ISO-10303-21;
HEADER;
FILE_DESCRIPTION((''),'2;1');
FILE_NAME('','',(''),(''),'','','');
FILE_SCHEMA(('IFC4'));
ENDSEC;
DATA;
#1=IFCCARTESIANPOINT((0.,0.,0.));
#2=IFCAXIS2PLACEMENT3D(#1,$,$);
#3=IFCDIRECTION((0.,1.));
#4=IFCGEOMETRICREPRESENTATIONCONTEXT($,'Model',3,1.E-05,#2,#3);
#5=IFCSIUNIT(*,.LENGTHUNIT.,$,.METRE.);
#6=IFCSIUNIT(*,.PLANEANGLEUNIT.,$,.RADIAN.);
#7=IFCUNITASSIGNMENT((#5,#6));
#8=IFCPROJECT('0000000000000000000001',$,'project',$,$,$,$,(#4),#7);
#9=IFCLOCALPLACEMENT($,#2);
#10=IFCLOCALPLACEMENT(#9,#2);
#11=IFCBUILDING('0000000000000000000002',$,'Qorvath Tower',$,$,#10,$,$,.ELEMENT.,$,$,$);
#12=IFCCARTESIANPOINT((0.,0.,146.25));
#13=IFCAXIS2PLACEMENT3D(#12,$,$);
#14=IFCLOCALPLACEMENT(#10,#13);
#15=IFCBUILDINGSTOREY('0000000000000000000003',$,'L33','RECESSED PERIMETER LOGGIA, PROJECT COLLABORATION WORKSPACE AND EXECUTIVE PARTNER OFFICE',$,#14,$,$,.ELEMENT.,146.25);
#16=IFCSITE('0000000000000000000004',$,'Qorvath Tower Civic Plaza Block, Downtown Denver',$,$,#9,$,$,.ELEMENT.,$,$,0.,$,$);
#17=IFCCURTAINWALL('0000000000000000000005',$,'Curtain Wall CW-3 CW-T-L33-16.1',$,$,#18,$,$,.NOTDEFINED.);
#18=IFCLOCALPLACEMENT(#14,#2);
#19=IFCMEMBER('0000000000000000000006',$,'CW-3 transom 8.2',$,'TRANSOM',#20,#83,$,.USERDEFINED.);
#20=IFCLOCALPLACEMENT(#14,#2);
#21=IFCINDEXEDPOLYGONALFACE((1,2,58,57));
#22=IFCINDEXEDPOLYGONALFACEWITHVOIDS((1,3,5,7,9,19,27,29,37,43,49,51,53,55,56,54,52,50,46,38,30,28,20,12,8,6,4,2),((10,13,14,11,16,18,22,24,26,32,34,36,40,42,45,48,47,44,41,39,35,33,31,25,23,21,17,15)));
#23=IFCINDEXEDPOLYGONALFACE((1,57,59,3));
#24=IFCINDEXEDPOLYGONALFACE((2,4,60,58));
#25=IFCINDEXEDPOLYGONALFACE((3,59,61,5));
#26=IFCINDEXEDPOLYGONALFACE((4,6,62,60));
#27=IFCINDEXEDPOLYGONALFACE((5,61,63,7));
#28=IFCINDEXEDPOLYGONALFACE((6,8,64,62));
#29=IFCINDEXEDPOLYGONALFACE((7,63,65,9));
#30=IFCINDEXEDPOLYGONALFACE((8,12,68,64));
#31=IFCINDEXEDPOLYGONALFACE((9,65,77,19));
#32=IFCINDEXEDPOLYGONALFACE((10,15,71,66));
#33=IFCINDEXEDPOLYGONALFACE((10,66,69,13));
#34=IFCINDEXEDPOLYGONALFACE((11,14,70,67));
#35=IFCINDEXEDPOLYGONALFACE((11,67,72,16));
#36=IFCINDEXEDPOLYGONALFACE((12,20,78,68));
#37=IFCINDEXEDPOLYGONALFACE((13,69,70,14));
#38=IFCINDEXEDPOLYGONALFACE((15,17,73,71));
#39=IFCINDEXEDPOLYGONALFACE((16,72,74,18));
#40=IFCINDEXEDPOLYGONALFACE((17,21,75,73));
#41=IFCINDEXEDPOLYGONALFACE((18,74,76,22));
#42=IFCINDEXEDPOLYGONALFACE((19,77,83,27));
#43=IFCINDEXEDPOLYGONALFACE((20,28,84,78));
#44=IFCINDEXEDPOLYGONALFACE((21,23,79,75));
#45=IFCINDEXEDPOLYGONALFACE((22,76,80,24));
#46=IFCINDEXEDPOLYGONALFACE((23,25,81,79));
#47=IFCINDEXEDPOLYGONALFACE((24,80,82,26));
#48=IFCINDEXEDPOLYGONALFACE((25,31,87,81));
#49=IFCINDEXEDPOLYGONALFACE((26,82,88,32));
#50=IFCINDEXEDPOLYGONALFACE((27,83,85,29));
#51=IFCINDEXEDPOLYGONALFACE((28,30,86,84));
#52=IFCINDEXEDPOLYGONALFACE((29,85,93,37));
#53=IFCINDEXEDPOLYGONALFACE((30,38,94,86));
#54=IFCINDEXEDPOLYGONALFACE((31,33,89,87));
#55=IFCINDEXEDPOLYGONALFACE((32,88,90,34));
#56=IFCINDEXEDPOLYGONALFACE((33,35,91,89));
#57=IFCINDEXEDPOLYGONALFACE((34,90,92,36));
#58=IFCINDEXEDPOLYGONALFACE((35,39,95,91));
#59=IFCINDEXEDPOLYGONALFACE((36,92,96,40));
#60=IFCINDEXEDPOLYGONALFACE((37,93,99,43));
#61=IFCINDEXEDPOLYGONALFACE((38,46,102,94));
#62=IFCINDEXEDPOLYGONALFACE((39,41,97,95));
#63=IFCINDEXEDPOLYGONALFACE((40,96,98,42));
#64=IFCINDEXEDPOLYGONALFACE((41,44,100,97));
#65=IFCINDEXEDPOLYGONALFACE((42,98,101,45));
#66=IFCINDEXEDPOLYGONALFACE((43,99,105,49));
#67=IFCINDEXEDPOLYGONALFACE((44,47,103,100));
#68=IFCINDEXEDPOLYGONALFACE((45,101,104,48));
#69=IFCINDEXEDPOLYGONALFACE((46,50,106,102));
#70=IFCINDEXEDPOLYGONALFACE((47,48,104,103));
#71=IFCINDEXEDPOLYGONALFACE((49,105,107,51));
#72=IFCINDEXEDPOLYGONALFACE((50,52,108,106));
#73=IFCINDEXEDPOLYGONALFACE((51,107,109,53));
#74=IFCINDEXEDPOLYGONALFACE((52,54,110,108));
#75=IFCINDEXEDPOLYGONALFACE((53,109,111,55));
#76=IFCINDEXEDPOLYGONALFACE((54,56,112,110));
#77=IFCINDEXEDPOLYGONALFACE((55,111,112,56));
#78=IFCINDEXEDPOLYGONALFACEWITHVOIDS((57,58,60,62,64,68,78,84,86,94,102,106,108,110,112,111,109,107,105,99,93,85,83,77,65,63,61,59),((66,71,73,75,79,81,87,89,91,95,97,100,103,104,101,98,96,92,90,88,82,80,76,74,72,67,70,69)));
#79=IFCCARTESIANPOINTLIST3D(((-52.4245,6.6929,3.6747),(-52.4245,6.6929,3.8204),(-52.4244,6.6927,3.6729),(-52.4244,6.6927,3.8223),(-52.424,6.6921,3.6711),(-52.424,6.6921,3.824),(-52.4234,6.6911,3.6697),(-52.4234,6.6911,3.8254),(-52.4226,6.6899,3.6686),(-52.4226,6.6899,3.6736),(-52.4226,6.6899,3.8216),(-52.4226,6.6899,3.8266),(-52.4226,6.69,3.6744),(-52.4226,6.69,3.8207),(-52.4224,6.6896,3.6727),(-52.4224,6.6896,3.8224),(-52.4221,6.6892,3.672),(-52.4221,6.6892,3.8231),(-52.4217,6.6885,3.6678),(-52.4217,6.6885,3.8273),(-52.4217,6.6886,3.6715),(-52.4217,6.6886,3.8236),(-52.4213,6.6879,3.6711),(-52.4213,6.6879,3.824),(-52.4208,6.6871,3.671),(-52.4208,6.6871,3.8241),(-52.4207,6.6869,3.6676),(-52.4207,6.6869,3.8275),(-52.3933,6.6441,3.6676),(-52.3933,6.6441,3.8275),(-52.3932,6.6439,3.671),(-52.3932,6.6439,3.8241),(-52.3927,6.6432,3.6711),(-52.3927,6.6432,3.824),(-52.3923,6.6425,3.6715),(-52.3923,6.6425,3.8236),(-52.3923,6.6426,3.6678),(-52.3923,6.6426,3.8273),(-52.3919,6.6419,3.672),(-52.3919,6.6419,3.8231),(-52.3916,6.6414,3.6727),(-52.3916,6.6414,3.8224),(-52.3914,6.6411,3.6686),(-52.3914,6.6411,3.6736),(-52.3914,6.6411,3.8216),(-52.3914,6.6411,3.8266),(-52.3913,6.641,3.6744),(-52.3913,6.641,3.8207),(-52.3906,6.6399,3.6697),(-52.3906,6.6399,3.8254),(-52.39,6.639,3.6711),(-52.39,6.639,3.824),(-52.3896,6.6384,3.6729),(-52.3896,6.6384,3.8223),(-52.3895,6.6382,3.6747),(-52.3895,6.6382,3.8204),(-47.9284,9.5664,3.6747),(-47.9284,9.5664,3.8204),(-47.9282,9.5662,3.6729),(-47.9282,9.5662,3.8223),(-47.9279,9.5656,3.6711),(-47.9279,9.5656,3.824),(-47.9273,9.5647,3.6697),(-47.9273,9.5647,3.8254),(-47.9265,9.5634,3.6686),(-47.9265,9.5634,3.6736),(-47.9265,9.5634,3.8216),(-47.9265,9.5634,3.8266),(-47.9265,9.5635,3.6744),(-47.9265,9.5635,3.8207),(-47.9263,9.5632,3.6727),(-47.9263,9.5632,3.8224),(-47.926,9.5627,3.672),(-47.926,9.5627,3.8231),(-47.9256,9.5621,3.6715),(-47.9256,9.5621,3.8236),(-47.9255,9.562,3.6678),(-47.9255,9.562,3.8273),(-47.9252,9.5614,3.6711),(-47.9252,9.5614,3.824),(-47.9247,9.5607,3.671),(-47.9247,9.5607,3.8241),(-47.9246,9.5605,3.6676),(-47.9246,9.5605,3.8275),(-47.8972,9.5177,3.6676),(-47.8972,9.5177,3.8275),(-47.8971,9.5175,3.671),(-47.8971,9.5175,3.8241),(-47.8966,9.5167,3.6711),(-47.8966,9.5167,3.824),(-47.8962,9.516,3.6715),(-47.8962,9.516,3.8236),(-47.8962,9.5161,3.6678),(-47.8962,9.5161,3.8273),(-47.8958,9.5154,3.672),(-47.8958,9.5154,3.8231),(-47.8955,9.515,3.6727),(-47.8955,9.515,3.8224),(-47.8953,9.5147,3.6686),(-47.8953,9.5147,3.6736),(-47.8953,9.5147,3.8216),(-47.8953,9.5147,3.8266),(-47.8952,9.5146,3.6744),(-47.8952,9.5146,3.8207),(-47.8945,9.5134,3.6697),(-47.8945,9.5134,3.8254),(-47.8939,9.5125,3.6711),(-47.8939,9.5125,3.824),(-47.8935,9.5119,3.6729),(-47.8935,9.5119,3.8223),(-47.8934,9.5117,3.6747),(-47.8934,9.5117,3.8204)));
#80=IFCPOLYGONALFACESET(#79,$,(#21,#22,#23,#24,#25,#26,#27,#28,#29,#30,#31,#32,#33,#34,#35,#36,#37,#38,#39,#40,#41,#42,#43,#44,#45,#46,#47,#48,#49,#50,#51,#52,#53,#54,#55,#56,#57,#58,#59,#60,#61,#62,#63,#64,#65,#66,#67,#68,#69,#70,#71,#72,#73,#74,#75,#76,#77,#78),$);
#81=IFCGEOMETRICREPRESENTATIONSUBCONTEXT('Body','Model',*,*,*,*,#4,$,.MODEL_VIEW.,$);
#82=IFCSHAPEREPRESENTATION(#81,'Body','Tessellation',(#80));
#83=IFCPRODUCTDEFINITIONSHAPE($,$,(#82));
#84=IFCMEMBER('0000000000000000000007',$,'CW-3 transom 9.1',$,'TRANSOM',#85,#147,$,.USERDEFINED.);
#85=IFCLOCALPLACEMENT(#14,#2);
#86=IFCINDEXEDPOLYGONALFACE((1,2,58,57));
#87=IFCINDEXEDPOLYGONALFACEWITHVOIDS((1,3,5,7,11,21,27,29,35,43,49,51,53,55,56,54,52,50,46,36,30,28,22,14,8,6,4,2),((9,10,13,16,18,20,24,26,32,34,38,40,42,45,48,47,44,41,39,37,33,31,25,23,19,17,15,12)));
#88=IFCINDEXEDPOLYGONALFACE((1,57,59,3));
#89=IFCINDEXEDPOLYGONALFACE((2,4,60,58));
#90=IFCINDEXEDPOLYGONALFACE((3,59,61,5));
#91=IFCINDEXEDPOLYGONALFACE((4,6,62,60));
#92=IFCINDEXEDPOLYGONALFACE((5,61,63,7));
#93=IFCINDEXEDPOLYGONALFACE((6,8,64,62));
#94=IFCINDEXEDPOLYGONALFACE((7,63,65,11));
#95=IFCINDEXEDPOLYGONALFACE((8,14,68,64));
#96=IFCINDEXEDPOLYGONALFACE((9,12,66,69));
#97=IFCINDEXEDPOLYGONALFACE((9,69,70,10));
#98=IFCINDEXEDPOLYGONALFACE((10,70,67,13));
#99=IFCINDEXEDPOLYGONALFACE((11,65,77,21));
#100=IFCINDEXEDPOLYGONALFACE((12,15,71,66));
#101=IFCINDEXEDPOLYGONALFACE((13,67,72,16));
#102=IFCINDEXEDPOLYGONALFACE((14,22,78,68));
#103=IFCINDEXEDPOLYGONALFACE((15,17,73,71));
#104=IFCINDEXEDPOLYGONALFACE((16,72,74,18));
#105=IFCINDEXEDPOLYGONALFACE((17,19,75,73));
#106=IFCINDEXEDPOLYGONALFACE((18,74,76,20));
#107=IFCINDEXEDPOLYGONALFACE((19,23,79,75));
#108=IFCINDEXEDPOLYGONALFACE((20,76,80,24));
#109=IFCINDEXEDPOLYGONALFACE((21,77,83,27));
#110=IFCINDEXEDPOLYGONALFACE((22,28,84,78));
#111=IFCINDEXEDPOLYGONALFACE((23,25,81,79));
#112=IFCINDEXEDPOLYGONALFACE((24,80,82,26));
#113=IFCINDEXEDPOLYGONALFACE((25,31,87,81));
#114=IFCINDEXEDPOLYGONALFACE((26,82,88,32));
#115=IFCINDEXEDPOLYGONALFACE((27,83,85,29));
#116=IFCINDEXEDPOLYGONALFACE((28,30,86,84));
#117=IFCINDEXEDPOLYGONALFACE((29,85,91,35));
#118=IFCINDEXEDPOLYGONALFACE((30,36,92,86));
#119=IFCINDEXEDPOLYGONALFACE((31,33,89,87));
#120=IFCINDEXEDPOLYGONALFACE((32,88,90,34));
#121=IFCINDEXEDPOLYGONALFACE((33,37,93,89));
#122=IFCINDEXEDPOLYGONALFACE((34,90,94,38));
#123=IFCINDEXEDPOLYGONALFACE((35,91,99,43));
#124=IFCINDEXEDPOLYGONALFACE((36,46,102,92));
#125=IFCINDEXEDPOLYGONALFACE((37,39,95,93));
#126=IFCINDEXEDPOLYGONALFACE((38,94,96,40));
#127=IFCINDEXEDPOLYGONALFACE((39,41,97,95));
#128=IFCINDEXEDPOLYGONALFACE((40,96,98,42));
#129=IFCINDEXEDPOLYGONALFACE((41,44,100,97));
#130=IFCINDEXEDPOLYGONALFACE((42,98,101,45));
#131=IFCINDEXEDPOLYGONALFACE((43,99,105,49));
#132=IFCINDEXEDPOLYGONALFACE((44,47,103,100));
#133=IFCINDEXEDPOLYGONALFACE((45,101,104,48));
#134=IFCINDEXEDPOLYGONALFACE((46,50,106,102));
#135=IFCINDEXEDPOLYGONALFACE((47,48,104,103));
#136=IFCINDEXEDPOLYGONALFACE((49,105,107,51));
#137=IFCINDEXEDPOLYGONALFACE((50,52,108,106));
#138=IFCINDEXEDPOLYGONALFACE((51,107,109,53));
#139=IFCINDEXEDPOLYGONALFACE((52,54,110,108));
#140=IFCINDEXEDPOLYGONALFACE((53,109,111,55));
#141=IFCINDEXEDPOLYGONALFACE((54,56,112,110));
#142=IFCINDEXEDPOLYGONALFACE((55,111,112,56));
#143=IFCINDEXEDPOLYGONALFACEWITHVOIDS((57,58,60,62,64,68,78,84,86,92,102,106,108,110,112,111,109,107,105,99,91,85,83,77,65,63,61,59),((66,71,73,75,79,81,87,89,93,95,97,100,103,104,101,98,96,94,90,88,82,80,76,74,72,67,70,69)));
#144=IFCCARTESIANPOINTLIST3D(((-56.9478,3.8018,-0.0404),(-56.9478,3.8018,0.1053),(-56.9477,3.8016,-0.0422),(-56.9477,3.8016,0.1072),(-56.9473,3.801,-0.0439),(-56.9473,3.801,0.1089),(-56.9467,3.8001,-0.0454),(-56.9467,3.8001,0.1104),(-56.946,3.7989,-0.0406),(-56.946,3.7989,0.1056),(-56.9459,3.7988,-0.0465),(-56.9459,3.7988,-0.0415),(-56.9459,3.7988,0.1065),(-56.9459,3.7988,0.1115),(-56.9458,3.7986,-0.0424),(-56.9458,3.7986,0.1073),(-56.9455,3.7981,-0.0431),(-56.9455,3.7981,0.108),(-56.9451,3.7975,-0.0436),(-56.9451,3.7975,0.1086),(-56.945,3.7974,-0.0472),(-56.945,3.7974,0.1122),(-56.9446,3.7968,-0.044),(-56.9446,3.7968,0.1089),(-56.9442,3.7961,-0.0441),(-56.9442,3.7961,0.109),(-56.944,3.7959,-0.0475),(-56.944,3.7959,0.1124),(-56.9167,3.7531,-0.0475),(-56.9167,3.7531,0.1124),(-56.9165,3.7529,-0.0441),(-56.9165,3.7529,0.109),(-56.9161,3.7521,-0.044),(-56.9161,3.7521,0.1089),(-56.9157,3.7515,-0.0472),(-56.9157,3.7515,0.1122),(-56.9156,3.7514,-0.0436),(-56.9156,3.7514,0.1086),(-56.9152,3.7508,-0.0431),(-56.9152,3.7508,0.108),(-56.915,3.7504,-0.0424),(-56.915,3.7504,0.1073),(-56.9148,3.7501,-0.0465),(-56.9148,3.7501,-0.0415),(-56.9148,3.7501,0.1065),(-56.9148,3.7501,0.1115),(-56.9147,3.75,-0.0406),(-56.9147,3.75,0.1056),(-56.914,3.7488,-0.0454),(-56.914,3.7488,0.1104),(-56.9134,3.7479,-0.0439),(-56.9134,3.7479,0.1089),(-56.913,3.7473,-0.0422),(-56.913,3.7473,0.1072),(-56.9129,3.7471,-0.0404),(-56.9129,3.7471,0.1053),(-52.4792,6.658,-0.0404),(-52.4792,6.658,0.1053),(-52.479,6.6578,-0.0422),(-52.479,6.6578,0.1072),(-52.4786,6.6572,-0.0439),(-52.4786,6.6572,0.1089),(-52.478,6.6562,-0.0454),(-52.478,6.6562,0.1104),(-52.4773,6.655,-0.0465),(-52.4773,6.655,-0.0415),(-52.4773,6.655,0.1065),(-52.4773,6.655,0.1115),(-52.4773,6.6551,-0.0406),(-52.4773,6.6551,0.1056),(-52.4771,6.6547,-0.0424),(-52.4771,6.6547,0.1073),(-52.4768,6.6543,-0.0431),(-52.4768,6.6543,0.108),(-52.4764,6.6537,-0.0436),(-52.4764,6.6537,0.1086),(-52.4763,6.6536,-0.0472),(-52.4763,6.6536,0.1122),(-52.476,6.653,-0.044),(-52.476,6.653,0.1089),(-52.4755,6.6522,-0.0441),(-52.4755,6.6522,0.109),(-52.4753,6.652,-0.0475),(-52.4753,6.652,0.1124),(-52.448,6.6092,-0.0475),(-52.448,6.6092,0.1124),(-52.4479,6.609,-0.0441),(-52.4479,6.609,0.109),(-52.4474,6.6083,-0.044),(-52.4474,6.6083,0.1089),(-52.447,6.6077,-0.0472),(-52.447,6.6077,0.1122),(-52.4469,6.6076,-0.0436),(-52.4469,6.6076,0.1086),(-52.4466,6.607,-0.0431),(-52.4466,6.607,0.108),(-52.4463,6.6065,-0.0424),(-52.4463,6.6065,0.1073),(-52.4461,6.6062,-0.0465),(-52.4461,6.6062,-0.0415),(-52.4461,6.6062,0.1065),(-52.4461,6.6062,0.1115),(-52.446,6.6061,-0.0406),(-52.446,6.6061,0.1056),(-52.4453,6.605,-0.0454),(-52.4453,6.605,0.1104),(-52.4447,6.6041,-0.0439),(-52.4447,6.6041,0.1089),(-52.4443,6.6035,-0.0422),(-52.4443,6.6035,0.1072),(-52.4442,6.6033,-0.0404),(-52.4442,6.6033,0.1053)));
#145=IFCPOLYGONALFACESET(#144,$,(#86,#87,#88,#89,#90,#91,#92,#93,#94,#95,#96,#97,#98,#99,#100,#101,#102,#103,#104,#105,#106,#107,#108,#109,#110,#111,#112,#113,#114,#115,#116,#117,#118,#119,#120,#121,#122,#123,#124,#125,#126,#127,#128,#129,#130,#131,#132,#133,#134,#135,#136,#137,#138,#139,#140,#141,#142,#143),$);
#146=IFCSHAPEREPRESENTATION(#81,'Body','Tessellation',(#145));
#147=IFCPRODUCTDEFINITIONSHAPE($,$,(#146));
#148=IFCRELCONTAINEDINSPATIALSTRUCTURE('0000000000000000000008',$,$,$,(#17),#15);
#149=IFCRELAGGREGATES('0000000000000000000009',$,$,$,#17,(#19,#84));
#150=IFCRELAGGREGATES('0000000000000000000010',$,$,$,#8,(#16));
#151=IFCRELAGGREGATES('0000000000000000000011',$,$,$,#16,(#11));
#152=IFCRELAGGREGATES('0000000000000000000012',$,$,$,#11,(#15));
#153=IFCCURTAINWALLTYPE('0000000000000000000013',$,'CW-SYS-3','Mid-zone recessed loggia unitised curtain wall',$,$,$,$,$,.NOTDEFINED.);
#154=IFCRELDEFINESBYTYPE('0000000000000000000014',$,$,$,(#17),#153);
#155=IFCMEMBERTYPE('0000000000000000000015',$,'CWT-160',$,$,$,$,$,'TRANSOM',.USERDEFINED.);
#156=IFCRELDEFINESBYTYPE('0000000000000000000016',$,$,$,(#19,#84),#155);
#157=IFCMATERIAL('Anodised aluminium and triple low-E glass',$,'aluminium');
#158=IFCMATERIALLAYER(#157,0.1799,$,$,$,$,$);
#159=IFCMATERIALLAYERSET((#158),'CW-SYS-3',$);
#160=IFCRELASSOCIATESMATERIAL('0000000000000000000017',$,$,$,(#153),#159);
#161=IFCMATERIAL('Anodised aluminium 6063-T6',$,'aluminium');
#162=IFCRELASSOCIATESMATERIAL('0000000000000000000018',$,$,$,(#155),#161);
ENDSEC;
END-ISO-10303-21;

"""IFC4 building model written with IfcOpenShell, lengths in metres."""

from ifc_helpers import new_model, si_unit, direction, frame, origin, origin_2d, place, context, subcontext, project, spatial, hollow_rectangle, extrude, material, layer, layer_set, material_profile, profile_set, type_object, element, aggregate, save


model = new_model("IFC4")

# Units and contexts
model_context = context("Model", 3, precision=1e-05, world=origin(), true_north=direction((0.0, 1.0)))
body_context = subcontext(model_context, "Body", "Model", "MODEL_VIEW")
ifc_project = project(units=[si_unit("LENGTHUNIT", "METRE"), si_unit("PLANEANGLEUNIT", "RADIAN")], contexts=[model_context])

# Site, building, storey
site_placement = place(None, origin())
site = spatial("IfcSite", under=ifc_project, at=site_placement, Name="Qorvath Tower Civic Plaza Block, Downtown Denver", CompositionType="ELEMENT", RefElevation=0.0)
building_placement = place(site_placement, origin())
building = spatial("IfcBuilding", under=site, at=building_placement, Name="Qorvath Tower", CompositionType="ELEMENT")
storey_placement = place(building_placement, frame((0.0, 0.0, 146.25)))
storey = spatial("IfcBuildingStorey", under=building, at=storey_placement, Name="L33", Description="RECESSED PERIMETER LOGGIA, PROJECT COLLABORATION WORKSPACE AND EXECUTIVE PARTNER OFFICE", CompositionType="ELEMENT", Elevation=146.25)

# Curtain wall, members
ifc_material_1 = material(Name="Anodised aluminium and triple low-E glass", Category="aluminium")
ifc_layer_1 = layer(ifc_material_1, 0.1799)
ifc_layer_set_1 = layer_set([ifc_layer_1], Name="CW-SYS-3")
curtain_wall_type = type_object("IfcCurtainWallType", Name="CW-SYS-3", Description="Mid-zone recessed loggia unitised curtain wall", PredefinedType="NOTDEFINED", material=ifc_layer_set_1)
curtain_wall_placement = place(storey_placement, origin())
curtain_wall = element("IfcCurtainWall", 1, at=curtain_wall_placement, inside=storey, type_object=curtain_wall_type, Name="Curtain Wall CW-3 CW-T-L33-16.1", PredefinedType="NOTDEFINED")
ifc_material_2 = material(Name="Anodised aluminium 6063-T6", Category="aluminium")
ifc_material_profile_1 = material_profile(ifc_material_2, hollow_rectangle(XDim=0.0649, YDim=0.1599, WallThickness=0.0034, InnerFilletRadius=0.0034, OuterFilletRadius=0.0071, at=origin_2d()), Name="CWT 160x65")
ifc_profile_set_1 = profile_set([ifc_material_profile_1], Name="Anodised aluminium 6063-T6")
member_type_1 = type_object("IfcMemberType", Name="CWT-160", ElementType="TRANSOM", PredefinedType="USERDEFINED", material=ifc_profile_set_1)
member_1_placement = place(storey_placement, frame((-47.9109, 9.5391, 3.7476), z_axis=(-0.842609, -0.538526, 0.0), x_axis=(0.538526, -0.842609, 0.0)))
member_1 = element("IfcMember", 2, at=member_1_placement, type_object=member_type_1, Name="CW-3 transom 8.2", ObjectType="TRANSOM", PredefinedType="USERDEFINED", context=body_context, shape_type="SweptSolid", body=[
    extrude(hollow_rectangle(XDim=0.0649, YDim=0.1599, WallThickness=0.0034, InnerFilletRadius=0.0034, OuterFilletRadius=0.0071, at=origin_2d()), origin(), (0.0, 0.0, 1.0), 5.3359),
])
member_2_placement = place(storey_placement, frame((-52.4617, 6.6306, 0.0325), z_axis=(-0.842596, -0.538545, 0.0), x_axis=(0.538545, -0.842596, 0.0)))
member_2 = element("IfcMember", 3, at=member_2_placement, type_object=member_type_1, Name="CW-3 transom 9.1", ObjectType="TRANSOM", PredefinedType="USERDEFINED", context=body_context, shape_type="SweptSolid", body=[
    extrude(hollow_rectangle(XDim=0.0649, YDim=0.1599, WallThickness=0.0034, InnerFilletRadius=0.0034, OuterFilletRadius=0.0071, at=origin_2d()), origin(), (0.0, 0.0, 1.0), 5.3035),
])
aggregate(curtain_wall, [member_1, member_2])

save(model, "model.ifc")
